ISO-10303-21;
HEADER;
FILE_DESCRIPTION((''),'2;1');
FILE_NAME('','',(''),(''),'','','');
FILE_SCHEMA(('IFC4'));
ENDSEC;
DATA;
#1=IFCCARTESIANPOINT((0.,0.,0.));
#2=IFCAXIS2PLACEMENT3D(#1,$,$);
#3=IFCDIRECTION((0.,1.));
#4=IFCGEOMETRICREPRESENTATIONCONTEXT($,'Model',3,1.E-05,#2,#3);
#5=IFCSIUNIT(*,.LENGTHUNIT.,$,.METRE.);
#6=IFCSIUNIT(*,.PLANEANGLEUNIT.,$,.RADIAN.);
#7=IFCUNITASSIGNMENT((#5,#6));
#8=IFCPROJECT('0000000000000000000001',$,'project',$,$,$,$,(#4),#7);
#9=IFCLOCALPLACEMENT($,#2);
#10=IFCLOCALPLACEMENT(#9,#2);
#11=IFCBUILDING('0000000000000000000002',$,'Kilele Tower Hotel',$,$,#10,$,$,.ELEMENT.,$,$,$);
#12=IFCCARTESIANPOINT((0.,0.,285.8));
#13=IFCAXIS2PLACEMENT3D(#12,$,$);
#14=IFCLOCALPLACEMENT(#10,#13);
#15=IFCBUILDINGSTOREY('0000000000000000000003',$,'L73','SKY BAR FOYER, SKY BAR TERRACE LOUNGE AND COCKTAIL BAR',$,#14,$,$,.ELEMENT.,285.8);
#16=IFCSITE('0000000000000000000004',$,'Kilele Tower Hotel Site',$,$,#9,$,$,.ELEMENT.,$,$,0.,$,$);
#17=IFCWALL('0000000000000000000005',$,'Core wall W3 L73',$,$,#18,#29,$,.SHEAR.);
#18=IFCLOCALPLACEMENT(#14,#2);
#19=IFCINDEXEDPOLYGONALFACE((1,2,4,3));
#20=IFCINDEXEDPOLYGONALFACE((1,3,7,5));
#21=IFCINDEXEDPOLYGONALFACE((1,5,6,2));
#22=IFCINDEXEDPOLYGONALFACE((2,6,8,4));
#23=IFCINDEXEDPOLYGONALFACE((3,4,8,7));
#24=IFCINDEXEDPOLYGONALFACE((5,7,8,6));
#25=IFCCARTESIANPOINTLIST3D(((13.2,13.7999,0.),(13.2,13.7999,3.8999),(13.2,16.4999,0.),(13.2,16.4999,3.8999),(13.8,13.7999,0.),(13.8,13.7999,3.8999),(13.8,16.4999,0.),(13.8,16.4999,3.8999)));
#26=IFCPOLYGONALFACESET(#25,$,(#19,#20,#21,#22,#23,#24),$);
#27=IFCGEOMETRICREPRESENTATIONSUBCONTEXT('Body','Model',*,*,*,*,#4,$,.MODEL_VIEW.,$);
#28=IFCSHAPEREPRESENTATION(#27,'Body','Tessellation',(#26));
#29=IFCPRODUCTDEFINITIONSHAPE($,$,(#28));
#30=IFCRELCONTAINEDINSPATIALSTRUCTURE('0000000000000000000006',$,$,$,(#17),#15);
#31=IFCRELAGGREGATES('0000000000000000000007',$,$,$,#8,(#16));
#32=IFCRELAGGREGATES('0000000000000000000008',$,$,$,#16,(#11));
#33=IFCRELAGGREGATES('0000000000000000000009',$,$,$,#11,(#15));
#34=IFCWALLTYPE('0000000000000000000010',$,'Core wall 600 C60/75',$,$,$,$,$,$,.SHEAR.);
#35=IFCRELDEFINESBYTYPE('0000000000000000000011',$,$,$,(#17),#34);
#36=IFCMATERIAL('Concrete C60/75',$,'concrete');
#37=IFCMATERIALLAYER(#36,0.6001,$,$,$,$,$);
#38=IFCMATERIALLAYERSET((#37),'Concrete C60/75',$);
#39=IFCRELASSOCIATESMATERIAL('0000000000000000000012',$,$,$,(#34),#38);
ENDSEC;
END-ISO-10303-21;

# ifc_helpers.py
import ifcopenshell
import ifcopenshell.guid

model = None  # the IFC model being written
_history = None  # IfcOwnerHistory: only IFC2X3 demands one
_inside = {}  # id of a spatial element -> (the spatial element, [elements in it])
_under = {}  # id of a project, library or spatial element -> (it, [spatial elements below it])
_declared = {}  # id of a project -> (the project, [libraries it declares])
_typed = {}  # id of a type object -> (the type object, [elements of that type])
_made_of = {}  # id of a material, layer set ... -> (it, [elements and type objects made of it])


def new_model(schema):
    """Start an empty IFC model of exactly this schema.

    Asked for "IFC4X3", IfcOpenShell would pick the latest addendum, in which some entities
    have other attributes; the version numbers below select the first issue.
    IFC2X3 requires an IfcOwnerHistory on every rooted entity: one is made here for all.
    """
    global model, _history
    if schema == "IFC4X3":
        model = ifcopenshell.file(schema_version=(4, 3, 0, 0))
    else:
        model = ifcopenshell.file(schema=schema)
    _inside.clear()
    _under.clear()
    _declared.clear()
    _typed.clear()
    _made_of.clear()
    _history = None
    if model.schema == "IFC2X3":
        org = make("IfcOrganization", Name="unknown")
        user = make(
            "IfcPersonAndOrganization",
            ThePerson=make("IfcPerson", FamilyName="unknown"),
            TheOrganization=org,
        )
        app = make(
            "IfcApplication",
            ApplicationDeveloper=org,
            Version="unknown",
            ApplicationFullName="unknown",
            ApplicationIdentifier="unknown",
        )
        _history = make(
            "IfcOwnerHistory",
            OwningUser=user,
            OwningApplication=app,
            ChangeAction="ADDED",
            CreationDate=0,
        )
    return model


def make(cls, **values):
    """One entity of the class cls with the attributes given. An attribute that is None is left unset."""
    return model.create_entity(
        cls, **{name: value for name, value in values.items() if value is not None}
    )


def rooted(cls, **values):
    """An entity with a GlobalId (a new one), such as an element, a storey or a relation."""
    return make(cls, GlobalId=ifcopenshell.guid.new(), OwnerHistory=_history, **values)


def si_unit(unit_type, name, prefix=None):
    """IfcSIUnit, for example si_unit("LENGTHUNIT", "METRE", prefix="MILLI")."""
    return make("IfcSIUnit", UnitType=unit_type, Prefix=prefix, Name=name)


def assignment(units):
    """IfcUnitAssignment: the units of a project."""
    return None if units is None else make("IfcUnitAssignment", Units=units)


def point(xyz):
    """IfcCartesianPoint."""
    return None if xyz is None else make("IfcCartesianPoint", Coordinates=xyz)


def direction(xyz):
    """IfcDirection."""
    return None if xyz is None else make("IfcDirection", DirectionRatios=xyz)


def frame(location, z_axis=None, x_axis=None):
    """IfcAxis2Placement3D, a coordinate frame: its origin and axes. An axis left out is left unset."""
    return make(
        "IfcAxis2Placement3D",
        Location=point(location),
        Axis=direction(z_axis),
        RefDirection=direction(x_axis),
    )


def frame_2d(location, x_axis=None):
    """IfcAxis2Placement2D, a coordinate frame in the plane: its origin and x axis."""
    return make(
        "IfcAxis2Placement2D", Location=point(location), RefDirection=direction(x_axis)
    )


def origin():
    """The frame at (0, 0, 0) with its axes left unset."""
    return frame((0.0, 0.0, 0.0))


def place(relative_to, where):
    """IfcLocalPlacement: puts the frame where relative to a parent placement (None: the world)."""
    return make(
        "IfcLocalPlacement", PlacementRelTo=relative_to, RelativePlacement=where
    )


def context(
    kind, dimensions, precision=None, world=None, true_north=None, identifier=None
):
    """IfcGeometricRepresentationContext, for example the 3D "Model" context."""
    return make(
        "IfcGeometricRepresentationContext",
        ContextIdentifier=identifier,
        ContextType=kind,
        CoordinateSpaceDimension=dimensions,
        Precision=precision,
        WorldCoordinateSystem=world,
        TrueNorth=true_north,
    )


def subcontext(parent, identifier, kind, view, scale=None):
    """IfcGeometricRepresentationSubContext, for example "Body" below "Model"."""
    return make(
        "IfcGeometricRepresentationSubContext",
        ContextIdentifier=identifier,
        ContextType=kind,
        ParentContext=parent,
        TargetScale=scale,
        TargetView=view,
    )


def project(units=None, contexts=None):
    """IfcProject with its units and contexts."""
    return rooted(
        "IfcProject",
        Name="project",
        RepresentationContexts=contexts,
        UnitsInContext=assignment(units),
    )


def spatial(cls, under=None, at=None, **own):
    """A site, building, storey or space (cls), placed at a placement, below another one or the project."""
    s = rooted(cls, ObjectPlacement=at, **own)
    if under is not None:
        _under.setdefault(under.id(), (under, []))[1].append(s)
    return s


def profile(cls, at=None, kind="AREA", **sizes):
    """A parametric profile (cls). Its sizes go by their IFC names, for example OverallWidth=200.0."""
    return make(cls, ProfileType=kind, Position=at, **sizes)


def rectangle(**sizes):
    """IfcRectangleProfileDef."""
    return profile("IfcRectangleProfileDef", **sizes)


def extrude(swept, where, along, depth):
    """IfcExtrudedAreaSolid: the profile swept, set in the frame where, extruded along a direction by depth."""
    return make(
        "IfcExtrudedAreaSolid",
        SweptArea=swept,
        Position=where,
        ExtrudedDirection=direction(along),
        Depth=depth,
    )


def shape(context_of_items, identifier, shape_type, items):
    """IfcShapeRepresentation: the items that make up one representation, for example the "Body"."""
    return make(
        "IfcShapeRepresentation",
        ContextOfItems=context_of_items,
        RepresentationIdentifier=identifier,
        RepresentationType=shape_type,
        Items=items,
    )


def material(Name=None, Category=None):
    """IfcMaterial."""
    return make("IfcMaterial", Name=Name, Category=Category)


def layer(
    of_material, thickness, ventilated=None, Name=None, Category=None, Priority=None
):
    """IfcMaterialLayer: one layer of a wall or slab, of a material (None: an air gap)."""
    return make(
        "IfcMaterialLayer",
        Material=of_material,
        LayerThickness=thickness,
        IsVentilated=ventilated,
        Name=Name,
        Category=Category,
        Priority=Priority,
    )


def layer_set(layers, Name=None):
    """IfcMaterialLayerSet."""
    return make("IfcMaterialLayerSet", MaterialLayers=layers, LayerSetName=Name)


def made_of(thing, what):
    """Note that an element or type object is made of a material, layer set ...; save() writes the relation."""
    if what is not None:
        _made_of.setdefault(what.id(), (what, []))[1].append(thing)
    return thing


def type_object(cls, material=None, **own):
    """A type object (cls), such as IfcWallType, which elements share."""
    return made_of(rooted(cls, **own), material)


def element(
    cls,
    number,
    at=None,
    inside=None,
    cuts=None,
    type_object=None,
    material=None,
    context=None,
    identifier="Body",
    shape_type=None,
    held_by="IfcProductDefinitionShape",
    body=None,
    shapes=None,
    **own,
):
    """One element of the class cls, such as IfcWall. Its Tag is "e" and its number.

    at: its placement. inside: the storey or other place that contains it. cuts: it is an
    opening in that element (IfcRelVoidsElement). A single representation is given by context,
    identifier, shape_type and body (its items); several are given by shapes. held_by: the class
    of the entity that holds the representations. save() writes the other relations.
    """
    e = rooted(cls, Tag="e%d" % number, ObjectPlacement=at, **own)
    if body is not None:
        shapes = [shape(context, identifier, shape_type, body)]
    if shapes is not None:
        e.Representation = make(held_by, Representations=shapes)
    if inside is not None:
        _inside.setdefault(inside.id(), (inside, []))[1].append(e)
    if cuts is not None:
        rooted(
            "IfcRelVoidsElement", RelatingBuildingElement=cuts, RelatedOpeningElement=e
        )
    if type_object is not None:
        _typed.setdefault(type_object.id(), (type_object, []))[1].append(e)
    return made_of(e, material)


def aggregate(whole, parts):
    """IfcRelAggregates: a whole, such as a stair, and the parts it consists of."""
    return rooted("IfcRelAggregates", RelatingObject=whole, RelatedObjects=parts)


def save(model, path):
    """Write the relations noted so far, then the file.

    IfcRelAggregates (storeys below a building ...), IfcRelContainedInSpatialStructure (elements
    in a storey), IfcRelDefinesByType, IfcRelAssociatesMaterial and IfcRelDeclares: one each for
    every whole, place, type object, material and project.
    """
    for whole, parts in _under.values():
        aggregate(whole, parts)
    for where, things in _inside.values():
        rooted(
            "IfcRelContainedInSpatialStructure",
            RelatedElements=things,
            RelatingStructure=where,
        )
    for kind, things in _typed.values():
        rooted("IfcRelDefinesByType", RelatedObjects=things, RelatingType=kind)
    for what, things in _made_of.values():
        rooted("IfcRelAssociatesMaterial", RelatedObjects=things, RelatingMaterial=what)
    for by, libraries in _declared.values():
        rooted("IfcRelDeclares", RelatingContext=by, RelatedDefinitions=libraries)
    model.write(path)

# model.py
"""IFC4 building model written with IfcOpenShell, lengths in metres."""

from ifc_helpers import new_model, si_unit, direction, frame, frame_2d, origin, place, context, subcontext, project, spatial, rectangle, extrude, material, layer, layer_set, type_object, element, save


model = new_model("IFC4")

# Units and contexts
model_context = context("Model", 3, precision=1e-05, world=origin(), true_north=direction((0.0, 1.0)))
body_context = subcontext(model_context, "Body", "Model", "MODEL_VIEW")
ifc_project = project(units=[si_unit("LENGTHUNIT", "METRE"), si_unit("PLANEANGLEUNIT", "RADIAN")], contexts=[model_context])

# Site, building, storey
site_placement = place(None, origin())
site = spatial("IfcSite", under=ifc_project, at=site_placement, Name="Kilele Tower Hotel Site", CompositionType="ELEMENT", RefElevation=0.0)
building_placement = place(site_placement, origin())
building = spatial("IfcBuilding", under=site, at=building_placement, Name="Kilele Tower Hotel", CompositionType="ELEMENT")
storey_placement = place(building_placement, frame((0.0, 0.0, 285.8)))
storey = spatial("IfcBuildingStorey", under=building, at=storey_placement, Name="L73", Description="SKY BAR FOYER, SKY BAR TERRACE LOUNGE AND COCKTAIL BAR", CompositionType="ELEMENT", Elevation=285.8)

# Shared definitions
ifc_material_1 = material(Name="Concrete C60/75", Category="concrete")
ifc_layer_1 = layer(ifc_material_1, 0.6001)
ifc_layer_set_1 = layer_set([ifc_layer_1], Name="Concrete C60/75")
wall_type = type_object("IfcWallType", Name="Core wall 600 C60/75", PredefinedType="SHEAR", material=ifc_layer_set_1)

# Wall
wall_1_placement = place(storey_placement, frame((13.5, 16.5, 0.0), z_axis=(0.0, 0.0, 1.0), x_axis=(0.0, -1.0, 0.0)))
element("IfcWall", 1, at=wall_1_placement, inside=storey, type_object=wall_type, Name="Core wall W3 L73", PredefinedType="SHEAR", context=body_context, shape_type="SweptSolid", body=[
    extrude(rectangle(XDim=2.7, YDim=0.6001, at=frame_2d((1.3501, 0.0))), origin(), (0.0, 0.0, 1.0), 3.8999),
])

save(model, "model.ifc")
